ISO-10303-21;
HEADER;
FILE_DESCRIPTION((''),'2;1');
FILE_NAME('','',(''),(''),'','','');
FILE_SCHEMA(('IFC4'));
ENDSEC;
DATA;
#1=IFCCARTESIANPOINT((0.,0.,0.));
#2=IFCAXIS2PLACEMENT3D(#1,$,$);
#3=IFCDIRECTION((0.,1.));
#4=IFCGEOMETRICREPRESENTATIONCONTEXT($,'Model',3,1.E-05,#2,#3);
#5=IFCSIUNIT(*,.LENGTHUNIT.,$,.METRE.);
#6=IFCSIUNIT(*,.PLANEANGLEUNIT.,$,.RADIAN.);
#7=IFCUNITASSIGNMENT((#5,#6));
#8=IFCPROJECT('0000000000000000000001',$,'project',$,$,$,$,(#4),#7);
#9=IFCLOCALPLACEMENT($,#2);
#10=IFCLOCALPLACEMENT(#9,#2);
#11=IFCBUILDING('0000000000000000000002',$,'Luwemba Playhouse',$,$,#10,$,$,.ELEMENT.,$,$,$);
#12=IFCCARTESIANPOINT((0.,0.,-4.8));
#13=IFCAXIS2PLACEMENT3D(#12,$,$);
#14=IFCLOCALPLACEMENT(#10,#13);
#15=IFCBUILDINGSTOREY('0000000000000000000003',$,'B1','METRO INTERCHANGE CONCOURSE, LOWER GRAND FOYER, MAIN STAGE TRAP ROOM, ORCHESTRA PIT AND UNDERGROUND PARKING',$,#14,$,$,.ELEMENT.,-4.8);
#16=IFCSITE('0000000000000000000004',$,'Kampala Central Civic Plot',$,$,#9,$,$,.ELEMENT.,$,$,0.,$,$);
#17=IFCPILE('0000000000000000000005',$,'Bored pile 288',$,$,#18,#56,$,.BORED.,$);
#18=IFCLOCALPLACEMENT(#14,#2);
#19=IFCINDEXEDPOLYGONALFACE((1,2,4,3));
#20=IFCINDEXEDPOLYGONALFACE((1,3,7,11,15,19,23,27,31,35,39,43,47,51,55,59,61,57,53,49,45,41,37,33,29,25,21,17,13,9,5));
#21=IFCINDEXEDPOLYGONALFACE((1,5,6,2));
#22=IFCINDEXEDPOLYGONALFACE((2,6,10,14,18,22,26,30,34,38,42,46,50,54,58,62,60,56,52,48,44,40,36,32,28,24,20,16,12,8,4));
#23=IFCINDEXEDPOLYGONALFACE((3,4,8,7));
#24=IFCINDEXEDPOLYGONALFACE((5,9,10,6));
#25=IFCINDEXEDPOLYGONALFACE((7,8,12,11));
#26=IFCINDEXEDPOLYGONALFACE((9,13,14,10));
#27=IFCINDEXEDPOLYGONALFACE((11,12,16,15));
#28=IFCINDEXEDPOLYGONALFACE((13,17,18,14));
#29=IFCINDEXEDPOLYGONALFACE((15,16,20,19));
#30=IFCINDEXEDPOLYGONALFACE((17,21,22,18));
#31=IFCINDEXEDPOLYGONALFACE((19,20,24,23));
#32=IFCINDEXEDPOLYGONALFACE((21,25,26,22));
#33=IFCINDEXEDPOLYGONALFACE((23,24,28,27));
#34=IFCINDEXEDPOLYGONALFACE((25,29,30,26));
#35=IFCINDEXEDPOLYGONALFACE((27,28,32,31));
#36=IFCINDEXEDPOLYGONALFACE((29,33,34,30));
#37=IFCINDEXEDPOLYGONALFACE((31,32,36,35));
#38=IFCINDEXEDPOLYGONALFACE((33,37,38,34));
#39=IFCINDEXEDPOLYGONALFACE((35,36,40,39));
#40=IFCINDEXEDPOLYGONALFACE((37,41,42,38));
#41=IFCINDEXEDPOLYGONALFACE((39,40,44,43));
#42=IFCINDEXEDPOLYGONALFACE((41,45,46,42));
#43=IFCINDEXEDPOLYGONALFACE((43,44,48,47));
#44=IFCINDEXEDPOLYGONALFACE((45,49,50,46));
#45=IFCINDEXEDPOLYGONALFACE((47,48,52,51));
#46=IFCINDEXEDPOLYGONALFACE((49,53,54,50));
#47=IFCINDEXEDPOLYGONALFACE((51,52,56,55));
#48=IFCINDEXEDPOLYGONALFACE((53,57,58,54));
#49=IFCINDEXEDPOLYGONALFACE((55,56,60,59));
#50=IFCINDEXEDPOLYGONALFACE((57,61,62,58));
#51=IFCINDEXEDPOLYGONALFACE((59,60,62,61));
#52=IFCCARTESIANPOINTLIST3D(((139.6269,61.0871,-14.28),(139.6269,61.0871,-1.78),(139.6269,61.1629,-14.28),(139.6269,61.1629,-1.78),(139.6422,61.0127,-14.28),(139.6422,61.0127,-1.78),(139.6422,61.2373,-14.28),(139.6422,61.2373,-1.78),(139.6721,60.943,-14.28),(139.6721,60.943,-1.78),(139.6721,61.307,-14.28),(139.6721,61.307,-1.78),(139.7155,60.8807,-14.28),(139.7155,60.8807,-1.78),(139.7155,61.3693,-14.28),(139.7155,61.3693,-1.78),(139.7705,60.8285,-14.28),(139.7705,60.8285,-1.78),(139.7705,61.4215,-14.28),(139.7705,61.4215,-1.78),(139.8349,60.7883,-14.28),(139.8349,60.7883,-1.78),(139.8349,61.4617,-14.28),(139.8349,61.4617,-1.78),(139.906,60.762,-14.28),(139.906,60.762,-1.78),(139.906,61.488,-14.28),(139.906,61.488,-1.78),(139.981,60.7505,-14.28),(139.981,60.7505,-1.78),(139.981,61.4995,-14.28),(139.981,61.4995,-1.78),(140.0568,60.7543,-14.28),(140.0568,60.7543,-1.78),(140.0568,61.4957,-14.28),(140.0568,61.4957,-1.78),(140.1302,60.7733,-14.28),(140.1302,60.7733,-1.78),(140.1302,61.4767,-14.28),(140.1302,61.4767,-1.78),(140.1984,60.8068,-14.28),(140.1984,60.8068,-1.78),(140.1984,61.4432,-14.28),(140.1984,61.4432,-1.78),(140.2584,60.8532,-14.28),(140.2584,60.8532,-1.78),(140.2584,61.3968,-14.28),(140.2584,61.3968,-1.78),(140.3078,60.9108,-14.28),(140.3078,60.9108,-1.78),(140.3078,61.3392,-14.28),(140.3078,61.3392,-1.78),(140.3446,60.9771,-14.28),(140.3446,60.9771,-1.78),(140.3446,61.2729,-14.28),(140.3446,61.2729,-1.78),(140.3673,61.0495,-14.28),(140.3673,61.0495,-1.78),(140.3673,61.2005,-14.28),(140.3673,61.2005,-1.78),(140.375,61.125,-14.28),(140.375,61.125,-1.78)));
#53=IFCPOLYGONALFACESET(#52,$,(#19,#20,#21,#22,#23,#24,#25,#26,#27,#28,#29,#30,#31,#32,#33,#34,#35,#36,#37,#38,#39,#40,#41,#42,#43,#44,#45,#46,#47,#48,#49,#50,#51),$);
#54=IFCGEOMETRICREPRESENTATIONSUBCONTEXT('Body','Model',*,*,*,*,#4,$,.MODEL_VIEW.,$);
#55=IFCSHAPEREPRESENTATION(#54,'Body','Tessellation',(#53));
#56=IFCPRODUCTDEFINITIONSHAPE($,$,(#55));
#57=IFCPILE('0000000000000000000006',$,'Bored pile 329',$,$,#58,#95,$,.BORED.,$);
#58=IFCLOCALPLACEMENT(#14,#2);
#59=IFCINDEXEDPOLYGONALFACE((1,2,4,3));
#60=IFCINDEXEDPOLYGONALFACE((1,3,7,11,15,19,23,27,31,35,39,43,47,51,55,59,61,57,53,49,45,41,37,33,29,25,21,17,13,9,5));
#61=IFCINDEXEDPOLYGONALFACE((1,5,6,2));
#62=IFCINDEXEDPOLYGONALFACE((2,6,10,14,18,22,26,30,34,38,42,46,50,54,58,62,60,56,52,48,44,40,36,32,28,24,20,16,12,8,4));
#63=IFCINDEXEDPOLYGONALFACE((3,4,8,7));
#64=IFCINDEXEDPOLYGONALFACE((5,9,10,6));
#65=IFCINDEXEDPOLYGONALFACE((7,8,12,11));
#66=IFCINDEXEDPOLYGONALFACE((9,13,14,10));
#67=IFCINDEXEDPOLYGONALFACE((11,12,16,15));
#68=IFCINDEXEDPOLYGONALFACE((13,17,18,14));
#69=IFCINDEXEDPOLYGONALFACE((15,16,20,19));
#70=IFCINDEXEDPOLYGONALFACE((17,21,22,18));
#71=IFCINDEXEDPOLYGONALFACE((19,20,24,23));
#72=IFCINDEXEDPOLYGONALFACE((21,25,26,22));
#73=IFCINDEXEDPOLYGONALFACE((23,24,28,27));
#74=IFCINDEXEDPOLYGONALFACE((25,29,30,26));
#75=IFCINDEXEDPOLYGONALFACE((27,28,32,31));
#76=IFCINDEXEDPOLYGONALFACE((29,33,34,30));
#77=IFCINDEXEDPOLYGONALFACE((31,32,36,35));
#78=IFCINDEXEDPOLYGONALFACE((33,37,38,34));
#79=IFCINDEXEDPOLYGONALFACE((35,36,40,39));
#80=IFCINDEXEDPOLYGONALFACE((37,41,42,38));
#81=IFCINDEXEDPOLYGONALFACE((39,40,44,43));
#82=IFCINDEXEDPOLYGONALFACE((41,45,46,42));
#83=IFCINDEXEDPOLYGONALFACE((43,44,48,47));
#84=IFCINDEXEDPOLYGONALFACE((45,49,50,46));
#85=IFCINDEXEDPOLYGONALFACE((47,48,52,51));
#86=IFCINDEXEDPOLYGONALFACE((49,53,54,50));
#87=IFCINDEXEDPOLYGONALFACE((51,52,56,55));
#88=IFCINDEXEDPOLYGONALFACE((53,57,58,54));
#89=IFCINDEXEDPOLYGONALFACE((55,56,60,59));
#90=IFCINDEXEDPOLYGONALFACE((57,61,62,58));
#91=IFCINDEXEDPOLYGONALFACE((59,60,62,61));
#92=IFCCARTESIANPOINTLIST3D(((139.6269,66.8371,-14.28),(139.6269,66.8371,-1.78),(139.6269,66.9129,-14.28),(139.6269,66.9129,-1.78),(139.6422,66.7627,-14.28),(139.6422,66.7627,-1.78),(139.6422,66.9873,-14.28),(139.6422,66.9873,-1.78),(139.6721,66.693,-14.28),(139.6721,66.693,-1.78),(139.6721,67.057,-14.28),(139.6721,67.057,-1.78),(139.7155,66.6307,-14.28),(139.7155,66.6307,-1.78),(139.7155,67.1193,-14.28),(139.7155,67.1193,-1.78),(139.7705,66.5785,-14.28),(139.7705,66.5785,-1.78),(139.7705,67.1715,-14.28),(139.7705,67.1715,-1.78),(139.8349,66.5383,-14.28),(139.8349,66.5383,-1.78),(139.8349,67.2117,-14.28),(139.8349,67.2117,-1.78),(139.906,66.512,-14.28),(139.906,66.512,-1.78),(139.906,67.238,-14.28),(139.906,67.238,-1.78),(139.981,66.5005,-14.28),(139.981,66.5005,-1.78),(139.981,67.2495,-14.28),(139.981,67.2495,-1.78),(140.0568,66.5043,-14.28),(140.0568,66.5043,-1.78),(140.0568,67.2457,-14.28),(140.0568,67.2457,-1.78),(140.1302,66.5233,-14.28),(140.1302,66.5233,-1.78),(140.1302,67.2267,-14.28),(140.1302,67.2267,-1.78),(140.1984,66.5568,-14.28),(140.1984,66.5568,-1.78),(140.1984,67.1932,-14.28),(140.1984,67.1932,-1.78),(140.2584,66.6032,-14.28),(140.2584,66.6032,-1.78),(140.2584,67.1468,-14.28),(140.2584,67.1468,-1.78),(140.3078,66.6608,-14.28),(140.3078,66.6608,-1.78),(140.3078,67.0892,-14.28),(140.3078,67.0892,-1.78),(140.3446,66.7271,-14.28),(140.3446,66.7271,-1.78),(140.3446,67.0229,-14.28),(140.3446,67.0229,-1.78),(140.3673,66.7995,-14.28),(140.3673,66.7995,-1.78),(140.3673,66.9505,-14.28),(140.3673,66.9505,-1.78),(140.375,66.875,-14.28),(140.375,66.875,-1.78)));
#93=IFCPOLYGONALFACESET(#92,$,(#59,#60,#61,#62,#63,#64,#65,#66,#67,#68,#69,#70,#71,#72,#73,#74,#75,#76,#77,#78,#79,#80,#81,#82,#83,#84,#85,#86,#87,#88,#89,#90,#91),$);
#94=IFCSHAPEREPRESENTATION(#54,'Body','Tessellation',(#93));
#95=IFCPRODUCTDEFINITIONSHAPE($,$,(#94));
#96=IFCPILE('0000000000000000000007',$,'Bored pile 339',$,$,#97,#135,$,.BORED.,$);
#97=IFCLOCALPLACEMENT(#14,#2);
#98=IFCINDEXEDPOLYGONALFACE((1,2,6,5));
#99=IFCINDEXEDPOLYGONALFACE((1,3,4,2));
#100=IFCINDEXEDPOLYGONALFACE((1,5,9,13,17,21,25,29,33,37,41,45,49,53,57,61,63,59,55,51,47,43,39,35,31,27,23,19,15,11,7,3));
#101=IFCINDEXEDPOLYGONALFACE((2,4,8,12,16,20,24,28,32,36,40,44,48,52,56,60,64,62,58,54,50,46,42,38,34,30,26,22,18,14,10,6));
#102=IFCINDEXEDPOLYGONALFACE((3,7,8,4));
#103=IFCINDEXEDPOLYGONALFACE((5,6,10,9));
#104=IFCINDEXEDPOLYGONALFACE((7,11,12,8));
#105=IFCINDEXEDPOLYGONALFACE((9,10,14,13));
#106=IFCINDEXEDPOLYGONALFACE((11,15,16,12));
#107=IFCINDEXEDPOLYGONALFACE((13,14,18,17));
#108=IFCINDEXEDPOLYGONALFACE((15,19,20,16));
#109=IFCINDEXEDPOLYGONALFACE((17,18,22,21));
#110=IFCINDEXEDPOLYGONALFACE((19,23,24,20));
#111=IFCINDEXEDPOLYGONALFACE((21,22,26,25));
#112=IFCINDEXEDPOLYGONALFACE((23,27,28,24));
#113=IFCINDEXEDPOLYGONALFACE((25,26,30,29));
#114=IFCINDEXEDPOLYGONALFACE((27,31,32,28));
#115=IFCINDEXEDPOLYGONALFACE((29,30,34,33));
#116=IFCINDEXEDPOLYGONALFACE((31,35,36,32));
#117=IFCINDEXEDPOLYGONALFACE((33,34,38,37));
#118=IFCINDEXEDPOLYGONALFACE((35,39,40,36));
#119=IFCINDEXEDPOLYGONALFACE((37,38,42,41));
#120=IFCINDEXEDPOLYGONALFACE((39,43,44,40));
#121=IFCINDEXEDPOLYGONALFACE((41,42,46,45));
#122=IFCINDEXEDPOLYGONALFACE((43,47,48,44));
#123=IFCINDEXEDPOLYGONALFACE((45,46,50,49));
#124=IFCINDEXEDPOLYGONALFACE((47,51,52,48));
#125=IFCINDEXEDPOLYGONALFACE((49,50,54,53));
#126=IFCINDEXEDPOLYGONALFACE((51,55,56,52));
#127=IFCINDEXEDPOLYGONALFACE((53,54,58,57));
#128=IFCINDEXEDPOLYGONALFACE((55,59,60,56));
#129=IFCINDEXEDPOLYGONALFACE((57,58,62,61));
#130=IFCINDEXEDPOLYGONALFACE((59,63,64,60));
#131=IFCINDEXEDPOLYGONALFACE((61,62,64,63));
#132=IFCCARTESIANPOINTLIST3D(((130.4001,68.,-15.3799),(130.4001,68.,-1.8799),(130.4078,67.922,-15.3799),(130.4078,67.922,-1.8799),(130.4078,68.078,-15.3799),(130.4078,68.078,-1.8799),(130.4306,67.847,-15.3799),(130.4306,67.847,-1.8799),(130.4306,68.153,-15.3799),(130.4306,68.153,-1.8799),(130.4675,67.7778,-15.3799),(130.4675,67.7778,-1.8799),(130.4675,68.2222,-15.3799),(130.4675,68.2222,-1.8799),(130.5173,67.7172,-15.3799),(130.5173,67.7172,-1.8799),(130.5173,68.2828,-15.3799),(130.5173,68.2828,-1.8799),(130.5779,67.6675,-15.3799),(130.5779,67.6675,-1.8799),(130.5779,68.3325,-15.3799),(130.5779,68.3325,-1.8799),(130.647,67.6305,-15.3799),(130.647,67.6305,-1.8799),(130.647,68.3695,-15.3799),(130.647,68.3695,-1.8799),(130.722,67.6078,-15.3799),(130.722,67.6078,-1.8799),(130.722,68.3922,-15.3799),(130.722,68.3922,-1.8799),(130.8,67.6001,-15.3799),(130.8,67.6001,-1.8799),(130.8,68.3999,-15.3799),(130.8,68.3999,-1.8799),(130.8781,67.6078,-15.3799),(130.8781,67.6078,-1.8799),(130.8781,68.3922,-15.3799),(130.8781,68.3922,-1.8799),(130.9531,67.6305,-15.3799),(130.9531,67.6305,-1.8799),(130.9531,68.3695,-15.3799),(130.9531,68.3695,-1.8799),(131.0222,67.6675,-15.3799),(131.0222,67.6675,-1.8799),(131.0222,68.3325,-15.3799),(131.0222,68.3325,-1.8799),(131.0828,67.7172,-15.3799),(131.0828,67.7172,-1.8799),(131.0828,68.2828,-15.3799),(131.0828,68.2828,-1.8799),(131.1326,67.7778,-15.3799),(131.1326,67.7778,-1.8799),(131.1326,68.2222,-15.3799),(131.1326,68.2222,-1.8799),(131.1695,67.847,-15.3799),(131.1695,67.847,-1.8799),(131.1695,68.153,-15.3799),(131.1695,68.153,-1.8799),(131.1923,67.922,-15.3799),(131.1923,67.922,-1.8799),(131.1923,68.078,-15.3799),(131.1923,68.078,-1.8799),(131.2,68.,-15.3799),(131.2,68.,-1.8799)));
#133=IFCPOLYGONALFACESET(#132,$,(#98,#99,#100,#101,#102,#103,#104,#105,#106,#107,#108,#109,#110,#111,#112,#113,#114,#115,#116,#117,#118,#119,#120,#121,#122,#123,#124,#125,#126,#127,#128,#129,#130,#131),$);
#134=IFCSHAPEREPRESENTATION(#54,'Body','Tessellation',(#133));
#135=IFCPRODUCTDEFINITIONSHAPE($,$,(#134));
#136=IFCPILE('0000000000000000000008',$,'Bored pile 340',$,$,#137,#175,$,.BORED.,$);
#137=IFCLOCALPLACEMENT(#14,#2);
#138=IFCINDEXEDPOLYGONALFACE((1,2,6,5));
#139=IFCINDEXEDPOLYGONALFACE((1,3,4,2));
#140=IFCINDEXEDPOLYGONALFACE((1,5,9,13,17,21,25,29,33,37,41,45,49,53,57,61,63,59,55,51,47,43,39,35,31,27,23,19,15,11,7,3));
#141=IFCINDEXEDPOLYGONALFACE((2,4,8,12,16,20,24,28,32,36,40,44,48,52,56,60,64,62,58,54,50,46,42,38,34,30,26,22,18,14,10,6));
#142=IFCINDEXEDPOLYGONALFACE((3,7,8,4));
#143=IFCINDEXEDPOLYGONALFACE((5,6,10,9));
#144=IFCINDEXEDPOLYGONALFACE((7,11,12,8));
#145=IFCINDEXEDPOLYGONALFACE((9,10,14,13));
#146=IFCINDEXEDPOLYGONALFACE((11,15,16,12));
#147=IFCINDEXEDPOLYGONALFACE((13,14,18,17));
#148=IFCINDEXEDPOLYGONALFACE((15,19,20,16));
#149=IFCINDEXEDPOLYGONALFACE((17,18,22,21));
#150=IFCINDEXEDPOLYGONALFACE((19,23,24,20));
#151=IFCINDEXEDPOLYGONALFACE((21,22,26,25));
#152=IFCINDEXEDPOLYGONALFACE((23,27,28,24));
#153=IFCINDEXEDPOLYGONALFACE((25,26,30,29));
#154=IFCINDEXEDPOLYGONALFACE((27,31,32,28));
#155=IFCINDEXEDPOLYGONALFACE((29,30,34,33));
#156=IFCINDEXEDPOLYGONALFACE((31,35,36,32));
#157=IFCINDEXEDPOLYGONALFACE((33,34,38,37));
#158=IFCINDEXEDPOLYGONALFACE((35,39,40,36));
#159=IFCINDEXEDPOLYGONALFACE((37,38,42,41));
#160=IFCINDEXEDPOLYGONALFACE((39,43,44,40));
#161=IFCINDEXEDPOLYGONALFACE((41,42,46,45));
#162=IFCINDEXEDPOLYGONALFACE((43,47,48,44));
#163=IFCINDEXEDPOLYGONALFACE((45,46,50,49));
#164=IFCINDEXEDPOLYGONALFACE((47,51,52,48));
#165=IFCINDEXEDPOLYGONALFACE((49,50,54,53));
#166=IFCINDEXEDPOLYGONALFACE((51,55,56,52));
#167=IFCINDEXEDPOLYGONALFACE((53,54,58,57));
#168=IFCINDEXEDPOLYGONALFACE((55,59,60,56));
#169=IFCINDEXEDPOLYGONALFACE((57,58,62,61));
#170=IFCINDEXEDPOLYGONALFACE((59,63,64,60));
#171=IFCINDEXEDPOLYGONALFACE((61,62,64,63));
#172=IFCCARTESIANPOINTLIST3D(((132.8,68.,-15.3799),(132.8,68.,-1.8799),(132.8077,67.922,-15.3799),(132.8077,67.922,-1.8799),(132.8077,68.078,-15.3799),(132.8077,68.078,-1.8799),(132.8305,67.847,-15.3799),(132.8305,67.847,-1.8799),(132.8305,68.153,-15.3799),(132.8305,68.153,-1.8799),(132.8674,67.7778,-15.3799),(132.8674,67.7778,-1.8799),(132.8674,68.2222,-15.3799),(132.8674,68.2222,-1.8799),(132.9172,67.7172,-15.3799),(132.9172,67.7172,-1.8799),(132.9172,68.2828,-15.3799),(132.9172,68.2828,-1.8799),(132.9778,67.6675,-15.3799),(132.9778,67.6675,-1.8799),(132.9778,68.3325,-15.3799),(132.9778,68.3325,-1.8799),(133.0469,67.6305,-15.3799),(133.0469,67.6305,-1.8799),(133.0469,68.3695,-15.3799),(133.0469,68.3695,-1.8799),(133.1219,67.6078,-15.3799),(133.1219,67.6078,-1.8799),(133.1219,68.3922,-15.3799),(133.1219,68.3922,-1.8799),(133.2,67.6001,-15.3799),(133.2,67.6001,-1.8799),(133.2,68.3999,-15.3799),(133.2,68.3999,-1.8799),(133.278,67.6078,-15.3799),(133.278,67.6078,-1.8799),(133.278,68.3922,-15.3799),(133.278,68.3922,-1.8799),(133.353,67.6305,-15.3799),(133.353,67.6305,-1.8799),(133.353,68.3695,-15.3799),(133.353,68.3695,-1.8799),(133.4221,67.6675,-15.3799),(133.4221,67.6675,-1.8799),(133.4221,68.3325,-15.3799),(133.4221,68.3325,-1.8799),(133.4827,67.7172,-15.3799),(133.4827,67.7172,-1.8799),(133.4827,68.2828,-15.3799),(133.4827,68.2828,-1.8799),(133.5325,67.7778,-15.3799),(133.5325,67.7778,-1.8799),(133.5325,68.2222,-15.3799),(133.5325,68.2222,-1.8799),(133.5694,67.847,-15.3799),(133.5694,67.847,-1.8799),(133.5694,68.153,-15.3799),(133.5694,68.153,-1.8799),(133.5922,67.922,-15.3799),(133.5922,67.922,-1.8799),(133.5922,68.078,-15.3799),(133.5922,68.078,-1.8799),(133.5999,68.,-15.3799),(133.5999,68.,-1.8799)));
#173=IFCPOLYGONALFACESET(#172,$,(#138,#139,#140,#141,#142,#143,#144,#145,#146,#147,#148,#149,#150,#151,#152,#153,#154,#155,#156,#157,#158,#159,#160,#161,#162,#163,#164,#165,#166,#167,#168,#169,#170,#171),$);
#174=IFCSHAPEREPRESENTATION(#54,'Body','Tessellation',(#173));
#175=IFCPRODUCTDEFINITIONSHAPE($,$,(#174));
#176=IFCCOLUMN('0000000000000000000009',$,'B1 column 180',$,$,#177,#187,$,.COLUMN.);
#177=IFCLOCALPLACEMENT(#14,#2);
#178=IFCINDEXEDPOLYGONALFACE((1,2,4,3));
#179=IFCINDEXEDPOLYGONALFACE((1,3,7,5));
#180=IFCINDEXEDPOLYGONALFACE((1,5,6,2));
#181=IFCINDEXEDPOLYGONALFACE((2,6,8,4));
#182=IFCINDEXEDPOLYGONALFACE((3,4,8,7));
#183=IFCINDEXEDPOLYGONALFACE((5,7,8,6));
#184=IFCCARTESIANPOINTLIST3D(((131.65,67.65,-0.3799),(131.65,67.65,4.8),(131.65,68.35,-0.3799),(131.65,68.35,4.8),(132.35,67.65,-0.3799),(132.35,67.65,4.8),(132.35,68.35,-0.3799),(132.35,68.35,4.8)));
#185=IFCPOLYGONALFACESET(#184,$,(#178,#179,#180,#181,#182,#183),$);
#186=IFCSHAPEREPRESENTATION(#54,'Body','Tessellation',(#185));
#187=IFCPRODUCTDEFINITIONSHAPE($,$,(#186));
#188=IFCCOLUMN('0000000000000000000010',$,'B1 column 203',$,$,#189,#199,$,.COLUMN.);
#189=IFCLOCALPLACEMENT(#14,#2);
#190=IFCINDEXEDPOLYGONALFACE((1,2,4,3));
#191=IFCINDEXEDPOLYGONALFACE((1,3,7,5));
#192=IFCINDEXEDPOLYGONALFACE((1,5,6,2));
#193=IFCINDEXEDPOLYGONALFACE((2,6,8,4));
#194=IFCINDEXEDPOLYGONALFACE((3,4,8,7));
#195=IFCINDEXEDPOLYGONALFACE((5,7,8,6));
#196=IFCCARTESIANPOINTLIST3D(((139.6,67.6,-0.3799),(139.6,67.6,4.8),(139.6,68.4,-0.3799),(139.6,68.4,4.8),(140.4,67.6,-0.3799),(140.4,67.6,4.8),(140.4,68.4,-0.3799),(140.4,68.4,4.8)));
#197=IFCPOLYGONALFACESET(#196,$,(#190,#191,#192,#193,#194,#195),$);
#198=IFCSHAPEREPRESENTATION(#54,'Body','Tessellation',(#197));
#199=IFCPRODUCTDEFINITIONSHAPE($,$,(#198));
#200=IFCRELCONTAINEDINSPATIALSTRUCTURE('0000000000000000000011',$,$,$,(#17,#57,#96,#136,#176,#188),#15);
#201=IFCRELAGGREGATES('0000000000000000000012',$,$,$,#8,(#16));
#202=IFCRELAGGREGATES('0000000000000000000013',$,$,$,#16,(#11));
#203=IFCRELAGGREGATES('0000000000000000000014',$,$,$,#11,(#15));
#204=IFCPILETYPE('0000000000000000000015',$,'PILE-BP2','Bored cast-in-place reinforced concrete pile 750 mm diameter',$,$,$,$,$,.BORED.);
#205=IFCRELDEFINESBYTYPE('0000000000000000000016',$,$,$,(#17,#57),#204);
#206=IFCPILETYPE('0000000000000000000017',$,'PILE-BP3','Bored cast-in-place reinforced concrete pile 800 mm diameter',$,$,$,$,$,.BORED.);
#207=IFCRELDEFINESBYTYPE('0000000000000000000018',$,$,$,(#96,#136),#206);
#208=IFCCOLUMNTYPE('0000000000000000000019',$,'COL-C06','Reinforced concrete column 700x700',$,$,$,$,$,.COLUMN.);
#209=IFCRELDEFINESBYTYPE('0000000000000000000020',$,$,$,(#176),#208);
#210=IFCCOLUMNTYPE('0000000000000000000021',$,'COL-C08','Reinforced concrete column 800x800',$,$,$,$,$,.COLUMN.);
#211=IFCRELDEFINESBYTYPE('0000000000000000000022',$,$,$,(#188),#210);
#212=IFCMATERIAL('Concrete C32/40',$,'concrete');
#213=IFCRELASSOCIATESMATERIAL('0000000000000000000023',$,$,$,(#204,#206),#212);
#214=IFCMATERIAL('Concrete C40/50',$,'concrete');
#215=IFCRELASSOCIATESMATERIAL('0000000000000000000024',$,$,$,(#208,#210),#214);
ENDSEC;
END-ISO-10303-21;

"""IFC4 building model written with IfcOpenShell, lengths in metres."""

from ifc_helpers import new_model, si_unit, direction, frame, origin, origin_2d, place, context, subcontext, project, spatial, rectangle, circle, extrude, material, material_profile, profile_set, type_object, element, save


model = new_model("IFC4")

# Units and contexts
model_context = context("Model", 3, precision=1e-05, world=origin(), true_north=direction((0.0, 1.0)))
body_context = subcontext(model_context, "Body", "Model", "MODEL_VIEW")
ifc_project = project(units=[si_unit("LENGTHUNIT", "METRE"), si_unit("PLANEANGLEUNIT", "RADIAN")], contexts=[model_context])

# Site, building, storey
site_placement = place(None, origin())
site = spatial("IfcSite", under=ifc_project, at=site_placement, Name="Kampala Central Civic Plot", CompositionType="ELEMENT", RefElevation=0.0)
building_placement = place(site_placement, origin())
building = spatial("IfcBuilding", under=site, at=building_placement, Name="Luwemba Playhouse", CompositionType="ELEMENT")
storey_placement = place(building_placement, frame((0.0, 0.0, -4.8)))
storey = spatial("IfcBuildingStorey", under=building, at=storey_placement, Name="B1", Description="METRO INTERCHANGE CONCOURSE, LOWER GRAND FOYER, MAIN STAGE TRAP ROOM, ORCHESTRA PIT AND UNDERGROUND PARKING", CompositionType="ELEMENT", Elevation=-4.8)

# Shared definitions
ifc_material_1 = material(Name="Concrete C32/40", Category="concrete")

# Piles
ifc_material_profile_1 = material_profile(ifc_material_1, circle(Radius=0.375, at=origin_2d()))
ifc_profile_set_1 = profile_set([ifc_material_profile_1], Name="Concrete C32/40")
pile_type_1 = type_object("IfcPileType", Name="PILE-BP2", Description="Bored cast-in-place reinforced concrete pile 750 mm diameter", PredefinedType="BORED", material=ifc_profile_set_1)
for number, where, z_axis, x_axis, name in (
    (1, (140.0, 61.125, -1.78), (0.0, 0.0, -1.0), (1.0, 0.0, 0.0), "Bored pile 288"),
    (2, (140.0, 66.875, -1.78), (0.0, 0.0, -1.0), (1.0, 0.0, 0.0), "Bored pile 329"),
):
    element("IfcPile", number, at=place(storey_placement, frame(where, z_axis=z_axis, x_axis=x_axis)), inside=storey, type_object=pile_type_1, Name=name, PredefinedType="BORED", context=body_context, shape_type="SweptSolid", body=[
        extrude(circle(Radius=0.375, at=origin_2d()), origin(), (0.0, 0.0, 1.0), 12.5),
    ])
ifc_material_profile_2 = material_profile(ifc_material_1, circle(Radius=0.3999, at=origin_2d()))
ifc_profile_set_2 = profile_set([ifc_material_profile_2], Name="Concrete C32/40")
pile_type_2 = type_object("IfcPileType", Name="PILE-BP3", Description="Bored cast-in-place reinforced concrete pile 800 mm diameter", PredefinedType="BORED", material=ifc_profile_set_2)
for number, where, z_axis, x_axis, name in (
    (3, (130.8, 68.0, -1.8799), (0.0, 0.0, -1.0), (1.0, 0.0, 0.0), "Bored pile 339"),
    (4, (133.2, 68.0, -1.8799), (0.0, 0.0, -1.0), (1.0, 0.0, 0.0), "Bored pile 340"),
):
    element("IfcPile", number, at=place(storey_placement, frame(where, z_axis=z_axis, x_axis=x_axis)), inside=storey, type_object=pile_type_2, Name=name, PredefinedType="BORED", context=body_context, shape_type="SweptSolid", body=[
        extrude(circle(Radius=0.3999, at=origin_2d()), origin(), (0.0, 0.0, 1.0), 13.5),
    ])

# Columns
ifc_material_2 = material(Name="Concrete C40/50", Category="concrete")
ifc_material_profile_3 = material_profile(ifc_material_2, rectangle(XDim=0.7, YDim=0.7, at=origin_2d()))
ifc_profile_set_3 = profile_set([ifc_material_profile_3], Name="Concrete C40/50")
column_type_1 = type_object("IfcColumnType", Name="COL-C06", Description="Reinforced concrete column 700x700", PredefinedType="COLUMN", material=ifc_profile_set_3)
column_1_placement = place(storey_placement, frame((132.0, 68.0, -0.3799), z_axis=(0.0, 0.0, 1.0), x_axis=(1.0, 0.0, 0.0)))
element("IfcColumn", 5, at=column_1_placement, inside=storey, type_object=column_type_1, Name="B1 column 180", PredefinedType="COLUMN", context=body_context, shape_type="SweptSolid", body=[
    extrude(rectangle(XDim=0.7, YDim=0.7, at=origin_2d()), origin(), (0.0, 0.0, 1.0), 5.1799),
])
ifc_material_profile_4 = material_profile(ifc_material_2, rectangle(XDim=0.8, YDim=0.8, at=origin_2d()))
ifc_profile_set_4 = profile_set([ifc_material_profile_4], Name="Concrete C40/50")
column_type_2 = type_object("IfcColumnType", Name="COL-C08", Description="Reinforced concrete column 800x800", PredefinedType="COLUMN", material=ifc_profile_set_4)
column_2_placement = place(storey_placement, frame((140.0, 68.0, -0.3799), z_axis=(0.0, 0.0, 1.0), x_axis=(1.0, 0.0, 0.0)))
element("IfcColumn", 6, at=column_2_placement, inside=storey, type_object=column_type_2, Name="B1 column 203", PredefinedType="COLUMN", context=body_context, shape_type="SweptSolid", body=[
    extrude(rectangle(XDim=0.8, YDim=0.8, at=origin_2d()), origin(), (0.0, 0.0, 1.0), 5.1799),
])

save(model, "model.ifc")
